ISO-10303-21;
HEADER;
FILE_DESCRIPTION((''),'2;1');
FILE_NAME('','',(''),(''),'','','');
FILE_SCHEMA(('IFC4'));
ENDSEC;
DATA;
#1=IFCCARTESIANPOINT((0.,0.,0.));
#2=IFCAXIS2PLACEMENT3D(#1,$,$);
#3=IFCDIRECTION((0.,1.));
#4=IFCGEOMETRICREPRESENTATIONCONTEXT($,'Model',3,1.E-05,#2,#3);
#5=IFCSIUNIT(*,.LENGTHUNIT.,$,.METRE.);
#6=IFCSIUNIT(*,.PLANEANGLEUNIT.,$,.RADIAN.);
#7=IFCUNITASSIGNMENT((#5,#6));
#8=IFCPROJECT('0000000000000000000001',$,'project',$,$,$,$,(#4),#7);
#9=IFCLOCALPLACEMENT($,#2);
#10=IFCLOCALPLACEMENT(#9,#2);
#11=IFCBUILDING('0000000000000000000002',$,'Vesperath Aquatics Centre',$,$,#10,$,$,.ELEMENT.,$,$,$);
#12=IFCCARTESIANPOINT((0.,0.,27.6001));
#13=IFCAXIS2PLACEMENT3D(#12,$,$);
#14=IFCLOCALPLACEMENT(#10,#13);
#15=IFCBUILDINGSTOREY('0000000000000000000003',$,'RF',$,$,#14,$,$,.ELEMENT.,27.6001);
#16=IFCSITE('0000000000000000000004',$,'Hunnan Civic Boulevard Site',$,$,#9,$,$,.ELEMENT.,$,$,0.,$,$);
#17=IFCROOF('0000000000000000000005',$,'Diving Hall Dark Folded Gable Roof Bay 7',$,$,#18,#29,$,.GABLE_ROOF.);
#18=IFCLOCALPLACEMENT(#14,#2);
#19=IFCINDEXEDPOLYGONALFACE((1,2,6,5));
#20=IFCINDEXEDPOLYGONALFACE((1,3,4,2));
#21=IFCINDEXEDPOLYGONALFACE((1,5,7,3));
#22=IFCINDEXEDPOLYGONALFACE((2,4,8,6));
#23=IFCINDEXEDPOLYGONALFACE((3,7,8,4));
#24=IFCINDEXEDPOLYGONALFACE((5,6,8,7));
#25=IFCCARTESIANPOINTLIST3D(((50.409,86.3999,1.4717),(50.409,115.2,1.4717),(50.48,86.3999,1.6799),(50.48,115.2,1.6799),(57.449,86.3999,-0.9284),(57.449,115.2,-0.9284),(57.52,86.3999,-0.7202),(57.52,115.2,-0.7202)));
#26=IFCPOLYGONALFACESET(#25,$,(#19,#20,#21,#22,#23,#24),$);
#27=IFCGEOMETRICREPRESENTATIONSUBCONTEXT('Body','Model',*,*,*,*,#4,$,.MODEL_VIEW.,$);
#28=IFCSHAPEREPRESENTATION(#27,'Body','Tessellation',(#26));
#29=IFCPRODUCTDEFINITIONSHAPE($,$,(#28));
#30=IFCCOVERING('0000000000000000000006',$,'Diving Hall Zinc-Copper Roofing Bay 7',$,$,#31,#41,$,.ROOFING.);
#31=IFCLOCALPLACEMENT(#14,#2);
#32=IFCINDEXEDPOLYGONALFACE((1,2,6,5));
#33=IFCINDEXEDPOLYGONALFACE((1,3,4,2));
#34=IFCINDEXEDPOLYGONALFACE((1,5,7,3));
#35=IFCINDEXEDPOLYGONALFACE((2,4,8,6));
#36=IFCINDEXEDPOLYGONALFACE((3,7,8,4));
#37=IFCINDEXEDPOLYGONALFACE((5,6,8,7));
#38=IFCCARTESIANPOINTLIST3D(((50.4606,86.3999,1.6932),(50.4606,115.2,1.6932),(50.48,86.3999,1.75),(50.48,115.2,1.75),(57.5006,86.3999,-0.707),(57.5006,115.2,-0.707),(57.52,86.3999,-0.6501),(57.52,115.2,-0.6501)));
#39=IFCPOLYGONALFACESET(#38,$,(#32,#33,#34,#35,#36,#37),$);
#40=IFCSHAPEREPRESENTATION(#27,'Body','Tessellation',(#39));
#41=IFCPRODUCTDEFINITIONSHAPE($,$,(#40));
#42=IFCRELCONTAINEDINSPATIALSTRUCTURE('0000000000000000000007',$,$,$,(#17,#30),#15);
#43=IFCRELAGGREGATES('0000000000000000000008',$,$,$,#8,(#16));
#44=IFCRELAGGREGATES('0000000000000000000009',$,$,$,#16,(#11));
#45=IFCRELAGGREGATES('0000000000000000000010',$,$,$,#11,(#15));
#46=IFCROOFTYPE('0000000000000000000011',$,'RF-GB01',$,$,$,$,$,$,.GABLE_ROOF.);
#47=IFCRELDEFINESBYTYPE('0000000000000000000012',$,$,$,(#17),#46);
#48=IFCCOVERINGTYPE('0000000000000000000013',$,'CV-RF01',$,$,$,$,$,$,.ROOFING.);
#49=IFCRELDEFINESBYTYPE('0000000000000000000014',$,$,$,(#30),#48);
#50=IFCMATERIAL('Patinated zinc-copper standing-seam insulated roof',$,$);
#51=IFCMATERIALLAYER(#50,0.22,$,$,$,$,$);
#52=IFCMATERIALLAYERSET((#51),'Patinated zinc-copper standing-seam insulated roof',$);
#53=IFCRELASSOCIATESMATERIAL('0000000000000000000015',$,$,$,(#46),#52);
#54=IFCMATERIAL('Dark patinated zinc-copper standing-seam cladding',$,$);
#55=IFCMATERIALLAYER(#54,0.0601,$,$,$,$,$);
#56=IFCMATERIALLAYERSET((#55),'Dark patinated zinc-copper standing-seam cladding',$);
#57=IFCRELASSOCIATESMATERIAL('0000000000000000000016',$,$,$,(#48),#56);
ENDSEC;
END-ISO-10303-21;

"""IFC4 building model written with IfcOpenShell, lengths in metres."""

from ifc_helpers import new_model, si_unit, direction, frame, origin, place, context, subcontext, project, spatial, polyline, outline, extrude, material, layer, layer_set, type_object, element, save


model = new_model("IFC4")

# Units and contexts
model_context = context("Model", 3, precision=1e-05, world=origin(), true_north=direction((0.0, 1.0)))
body_context = subcontext(model_context, "Body", "Model", "MODEL_VIEW")
ifc_project = project(units=[si_unit("LENGTHUNIT", "METRE"), si_unit("PLANEANGLEUNIT", "RADIAN")], contexts=[model_context])

# Site, building, storey
site_placement = place(None, origin())
site = spatial("IfcSite", under=ifc_project, at=site_placement, Name="Hunnan Civic Boulevard Site", CompositionType="ELEMENT", RefElevation=0.0)
building_placement = place(site_placement, origin())
building = spatial("IfcBuilding", under=site, at=building_placement, Name="Vesperath Aquatics Centre", CompositionType="ELEMENT")
storey_placement = place(building_placement, frame((0.0, 0.0, 27.6001)))
storey = spatial("IfcBuildingStorey", under=building, at=storey_placement, Name="RF", CompositionType="ELEMENT", Elevation=27.6001)

# Roof
ifc_material_1 = material(Name="Patinated zinc-copper standing-seam insulated roof")
ifc_layer_1 = layer(ifc_material_1, 0.22)
ifc_layer_set_1 = layer_set([ifc_layer_1], Name="Patinated zinc-copper standing-seam insulated roof")
roof_type = type_object("IfcRoofType", Name="RF-GB01", PredefinedType="GABLE_ROOF", material=ifc_layer_set_1)
roof_placement = place(storey_placement, frame((50.48, 86.3999, 1.6799), z_axis=(0.32269, 0.0, 0.946505), x_axis=(0.946505, 0.0, -0.32269)))
element("IfcRoof", 1, at=roof_placement, inside=storey, type_object=roof_type, Name="Diving Hall Dark Folded Gable Roof Bay 7", PredefinedType="GABLE_ROOF", context=body_context, shape_type="SweptSolid", body=[
    extrude(outline(polyline([(0.0, 0.0), (7.4379, 0.0), (7.4379, 28.8), (0.0, 28.8), (0.0, 0.0)])), origin(), (0.0, 0.0, -1.0), 0.22),
])

# Covering
ifc_material_2 = material(Name="Dark patinated zinc-copper standing-seam cladding")
ifc_layer_2 = layer(ifc_material_2, 0.0601)
ifc_layer_set_2 = layer_set([ifc_layer_2], Name="Dark patinated zinc-copper standing-seam cladding")
covering_type = type_object("IfcCoveringType", Name="CV-RF01", PredefinedType="ROOFING", material=ifc_layer_set_2)
covering_placement = place(storey_placement, frame((50.48, 86.3999, 1.75), z_axis=(0.32269, 0.0, 0.946505), x_axis=(0.946505, 0.0, -0.32269)))
element("IfcCovering", 2, at=covering_placement, inside=storey, type_object=covering_type, Name="Diving Hall Zinc-Copper Roofing Bay 7", PredefinedType="ROOFING", context=body_context, shape_type="SweptSolid", body=[
    extrude(outline(polyline([(0.0, 0.0), (7.4379, 0.0), (7.4379, 28.8), (0.0, 28.8), (0.0, 0.0)])), origin(), (0.0, 0.0, -1.0), 0.0601),
])

save(model, "model.ifc")
